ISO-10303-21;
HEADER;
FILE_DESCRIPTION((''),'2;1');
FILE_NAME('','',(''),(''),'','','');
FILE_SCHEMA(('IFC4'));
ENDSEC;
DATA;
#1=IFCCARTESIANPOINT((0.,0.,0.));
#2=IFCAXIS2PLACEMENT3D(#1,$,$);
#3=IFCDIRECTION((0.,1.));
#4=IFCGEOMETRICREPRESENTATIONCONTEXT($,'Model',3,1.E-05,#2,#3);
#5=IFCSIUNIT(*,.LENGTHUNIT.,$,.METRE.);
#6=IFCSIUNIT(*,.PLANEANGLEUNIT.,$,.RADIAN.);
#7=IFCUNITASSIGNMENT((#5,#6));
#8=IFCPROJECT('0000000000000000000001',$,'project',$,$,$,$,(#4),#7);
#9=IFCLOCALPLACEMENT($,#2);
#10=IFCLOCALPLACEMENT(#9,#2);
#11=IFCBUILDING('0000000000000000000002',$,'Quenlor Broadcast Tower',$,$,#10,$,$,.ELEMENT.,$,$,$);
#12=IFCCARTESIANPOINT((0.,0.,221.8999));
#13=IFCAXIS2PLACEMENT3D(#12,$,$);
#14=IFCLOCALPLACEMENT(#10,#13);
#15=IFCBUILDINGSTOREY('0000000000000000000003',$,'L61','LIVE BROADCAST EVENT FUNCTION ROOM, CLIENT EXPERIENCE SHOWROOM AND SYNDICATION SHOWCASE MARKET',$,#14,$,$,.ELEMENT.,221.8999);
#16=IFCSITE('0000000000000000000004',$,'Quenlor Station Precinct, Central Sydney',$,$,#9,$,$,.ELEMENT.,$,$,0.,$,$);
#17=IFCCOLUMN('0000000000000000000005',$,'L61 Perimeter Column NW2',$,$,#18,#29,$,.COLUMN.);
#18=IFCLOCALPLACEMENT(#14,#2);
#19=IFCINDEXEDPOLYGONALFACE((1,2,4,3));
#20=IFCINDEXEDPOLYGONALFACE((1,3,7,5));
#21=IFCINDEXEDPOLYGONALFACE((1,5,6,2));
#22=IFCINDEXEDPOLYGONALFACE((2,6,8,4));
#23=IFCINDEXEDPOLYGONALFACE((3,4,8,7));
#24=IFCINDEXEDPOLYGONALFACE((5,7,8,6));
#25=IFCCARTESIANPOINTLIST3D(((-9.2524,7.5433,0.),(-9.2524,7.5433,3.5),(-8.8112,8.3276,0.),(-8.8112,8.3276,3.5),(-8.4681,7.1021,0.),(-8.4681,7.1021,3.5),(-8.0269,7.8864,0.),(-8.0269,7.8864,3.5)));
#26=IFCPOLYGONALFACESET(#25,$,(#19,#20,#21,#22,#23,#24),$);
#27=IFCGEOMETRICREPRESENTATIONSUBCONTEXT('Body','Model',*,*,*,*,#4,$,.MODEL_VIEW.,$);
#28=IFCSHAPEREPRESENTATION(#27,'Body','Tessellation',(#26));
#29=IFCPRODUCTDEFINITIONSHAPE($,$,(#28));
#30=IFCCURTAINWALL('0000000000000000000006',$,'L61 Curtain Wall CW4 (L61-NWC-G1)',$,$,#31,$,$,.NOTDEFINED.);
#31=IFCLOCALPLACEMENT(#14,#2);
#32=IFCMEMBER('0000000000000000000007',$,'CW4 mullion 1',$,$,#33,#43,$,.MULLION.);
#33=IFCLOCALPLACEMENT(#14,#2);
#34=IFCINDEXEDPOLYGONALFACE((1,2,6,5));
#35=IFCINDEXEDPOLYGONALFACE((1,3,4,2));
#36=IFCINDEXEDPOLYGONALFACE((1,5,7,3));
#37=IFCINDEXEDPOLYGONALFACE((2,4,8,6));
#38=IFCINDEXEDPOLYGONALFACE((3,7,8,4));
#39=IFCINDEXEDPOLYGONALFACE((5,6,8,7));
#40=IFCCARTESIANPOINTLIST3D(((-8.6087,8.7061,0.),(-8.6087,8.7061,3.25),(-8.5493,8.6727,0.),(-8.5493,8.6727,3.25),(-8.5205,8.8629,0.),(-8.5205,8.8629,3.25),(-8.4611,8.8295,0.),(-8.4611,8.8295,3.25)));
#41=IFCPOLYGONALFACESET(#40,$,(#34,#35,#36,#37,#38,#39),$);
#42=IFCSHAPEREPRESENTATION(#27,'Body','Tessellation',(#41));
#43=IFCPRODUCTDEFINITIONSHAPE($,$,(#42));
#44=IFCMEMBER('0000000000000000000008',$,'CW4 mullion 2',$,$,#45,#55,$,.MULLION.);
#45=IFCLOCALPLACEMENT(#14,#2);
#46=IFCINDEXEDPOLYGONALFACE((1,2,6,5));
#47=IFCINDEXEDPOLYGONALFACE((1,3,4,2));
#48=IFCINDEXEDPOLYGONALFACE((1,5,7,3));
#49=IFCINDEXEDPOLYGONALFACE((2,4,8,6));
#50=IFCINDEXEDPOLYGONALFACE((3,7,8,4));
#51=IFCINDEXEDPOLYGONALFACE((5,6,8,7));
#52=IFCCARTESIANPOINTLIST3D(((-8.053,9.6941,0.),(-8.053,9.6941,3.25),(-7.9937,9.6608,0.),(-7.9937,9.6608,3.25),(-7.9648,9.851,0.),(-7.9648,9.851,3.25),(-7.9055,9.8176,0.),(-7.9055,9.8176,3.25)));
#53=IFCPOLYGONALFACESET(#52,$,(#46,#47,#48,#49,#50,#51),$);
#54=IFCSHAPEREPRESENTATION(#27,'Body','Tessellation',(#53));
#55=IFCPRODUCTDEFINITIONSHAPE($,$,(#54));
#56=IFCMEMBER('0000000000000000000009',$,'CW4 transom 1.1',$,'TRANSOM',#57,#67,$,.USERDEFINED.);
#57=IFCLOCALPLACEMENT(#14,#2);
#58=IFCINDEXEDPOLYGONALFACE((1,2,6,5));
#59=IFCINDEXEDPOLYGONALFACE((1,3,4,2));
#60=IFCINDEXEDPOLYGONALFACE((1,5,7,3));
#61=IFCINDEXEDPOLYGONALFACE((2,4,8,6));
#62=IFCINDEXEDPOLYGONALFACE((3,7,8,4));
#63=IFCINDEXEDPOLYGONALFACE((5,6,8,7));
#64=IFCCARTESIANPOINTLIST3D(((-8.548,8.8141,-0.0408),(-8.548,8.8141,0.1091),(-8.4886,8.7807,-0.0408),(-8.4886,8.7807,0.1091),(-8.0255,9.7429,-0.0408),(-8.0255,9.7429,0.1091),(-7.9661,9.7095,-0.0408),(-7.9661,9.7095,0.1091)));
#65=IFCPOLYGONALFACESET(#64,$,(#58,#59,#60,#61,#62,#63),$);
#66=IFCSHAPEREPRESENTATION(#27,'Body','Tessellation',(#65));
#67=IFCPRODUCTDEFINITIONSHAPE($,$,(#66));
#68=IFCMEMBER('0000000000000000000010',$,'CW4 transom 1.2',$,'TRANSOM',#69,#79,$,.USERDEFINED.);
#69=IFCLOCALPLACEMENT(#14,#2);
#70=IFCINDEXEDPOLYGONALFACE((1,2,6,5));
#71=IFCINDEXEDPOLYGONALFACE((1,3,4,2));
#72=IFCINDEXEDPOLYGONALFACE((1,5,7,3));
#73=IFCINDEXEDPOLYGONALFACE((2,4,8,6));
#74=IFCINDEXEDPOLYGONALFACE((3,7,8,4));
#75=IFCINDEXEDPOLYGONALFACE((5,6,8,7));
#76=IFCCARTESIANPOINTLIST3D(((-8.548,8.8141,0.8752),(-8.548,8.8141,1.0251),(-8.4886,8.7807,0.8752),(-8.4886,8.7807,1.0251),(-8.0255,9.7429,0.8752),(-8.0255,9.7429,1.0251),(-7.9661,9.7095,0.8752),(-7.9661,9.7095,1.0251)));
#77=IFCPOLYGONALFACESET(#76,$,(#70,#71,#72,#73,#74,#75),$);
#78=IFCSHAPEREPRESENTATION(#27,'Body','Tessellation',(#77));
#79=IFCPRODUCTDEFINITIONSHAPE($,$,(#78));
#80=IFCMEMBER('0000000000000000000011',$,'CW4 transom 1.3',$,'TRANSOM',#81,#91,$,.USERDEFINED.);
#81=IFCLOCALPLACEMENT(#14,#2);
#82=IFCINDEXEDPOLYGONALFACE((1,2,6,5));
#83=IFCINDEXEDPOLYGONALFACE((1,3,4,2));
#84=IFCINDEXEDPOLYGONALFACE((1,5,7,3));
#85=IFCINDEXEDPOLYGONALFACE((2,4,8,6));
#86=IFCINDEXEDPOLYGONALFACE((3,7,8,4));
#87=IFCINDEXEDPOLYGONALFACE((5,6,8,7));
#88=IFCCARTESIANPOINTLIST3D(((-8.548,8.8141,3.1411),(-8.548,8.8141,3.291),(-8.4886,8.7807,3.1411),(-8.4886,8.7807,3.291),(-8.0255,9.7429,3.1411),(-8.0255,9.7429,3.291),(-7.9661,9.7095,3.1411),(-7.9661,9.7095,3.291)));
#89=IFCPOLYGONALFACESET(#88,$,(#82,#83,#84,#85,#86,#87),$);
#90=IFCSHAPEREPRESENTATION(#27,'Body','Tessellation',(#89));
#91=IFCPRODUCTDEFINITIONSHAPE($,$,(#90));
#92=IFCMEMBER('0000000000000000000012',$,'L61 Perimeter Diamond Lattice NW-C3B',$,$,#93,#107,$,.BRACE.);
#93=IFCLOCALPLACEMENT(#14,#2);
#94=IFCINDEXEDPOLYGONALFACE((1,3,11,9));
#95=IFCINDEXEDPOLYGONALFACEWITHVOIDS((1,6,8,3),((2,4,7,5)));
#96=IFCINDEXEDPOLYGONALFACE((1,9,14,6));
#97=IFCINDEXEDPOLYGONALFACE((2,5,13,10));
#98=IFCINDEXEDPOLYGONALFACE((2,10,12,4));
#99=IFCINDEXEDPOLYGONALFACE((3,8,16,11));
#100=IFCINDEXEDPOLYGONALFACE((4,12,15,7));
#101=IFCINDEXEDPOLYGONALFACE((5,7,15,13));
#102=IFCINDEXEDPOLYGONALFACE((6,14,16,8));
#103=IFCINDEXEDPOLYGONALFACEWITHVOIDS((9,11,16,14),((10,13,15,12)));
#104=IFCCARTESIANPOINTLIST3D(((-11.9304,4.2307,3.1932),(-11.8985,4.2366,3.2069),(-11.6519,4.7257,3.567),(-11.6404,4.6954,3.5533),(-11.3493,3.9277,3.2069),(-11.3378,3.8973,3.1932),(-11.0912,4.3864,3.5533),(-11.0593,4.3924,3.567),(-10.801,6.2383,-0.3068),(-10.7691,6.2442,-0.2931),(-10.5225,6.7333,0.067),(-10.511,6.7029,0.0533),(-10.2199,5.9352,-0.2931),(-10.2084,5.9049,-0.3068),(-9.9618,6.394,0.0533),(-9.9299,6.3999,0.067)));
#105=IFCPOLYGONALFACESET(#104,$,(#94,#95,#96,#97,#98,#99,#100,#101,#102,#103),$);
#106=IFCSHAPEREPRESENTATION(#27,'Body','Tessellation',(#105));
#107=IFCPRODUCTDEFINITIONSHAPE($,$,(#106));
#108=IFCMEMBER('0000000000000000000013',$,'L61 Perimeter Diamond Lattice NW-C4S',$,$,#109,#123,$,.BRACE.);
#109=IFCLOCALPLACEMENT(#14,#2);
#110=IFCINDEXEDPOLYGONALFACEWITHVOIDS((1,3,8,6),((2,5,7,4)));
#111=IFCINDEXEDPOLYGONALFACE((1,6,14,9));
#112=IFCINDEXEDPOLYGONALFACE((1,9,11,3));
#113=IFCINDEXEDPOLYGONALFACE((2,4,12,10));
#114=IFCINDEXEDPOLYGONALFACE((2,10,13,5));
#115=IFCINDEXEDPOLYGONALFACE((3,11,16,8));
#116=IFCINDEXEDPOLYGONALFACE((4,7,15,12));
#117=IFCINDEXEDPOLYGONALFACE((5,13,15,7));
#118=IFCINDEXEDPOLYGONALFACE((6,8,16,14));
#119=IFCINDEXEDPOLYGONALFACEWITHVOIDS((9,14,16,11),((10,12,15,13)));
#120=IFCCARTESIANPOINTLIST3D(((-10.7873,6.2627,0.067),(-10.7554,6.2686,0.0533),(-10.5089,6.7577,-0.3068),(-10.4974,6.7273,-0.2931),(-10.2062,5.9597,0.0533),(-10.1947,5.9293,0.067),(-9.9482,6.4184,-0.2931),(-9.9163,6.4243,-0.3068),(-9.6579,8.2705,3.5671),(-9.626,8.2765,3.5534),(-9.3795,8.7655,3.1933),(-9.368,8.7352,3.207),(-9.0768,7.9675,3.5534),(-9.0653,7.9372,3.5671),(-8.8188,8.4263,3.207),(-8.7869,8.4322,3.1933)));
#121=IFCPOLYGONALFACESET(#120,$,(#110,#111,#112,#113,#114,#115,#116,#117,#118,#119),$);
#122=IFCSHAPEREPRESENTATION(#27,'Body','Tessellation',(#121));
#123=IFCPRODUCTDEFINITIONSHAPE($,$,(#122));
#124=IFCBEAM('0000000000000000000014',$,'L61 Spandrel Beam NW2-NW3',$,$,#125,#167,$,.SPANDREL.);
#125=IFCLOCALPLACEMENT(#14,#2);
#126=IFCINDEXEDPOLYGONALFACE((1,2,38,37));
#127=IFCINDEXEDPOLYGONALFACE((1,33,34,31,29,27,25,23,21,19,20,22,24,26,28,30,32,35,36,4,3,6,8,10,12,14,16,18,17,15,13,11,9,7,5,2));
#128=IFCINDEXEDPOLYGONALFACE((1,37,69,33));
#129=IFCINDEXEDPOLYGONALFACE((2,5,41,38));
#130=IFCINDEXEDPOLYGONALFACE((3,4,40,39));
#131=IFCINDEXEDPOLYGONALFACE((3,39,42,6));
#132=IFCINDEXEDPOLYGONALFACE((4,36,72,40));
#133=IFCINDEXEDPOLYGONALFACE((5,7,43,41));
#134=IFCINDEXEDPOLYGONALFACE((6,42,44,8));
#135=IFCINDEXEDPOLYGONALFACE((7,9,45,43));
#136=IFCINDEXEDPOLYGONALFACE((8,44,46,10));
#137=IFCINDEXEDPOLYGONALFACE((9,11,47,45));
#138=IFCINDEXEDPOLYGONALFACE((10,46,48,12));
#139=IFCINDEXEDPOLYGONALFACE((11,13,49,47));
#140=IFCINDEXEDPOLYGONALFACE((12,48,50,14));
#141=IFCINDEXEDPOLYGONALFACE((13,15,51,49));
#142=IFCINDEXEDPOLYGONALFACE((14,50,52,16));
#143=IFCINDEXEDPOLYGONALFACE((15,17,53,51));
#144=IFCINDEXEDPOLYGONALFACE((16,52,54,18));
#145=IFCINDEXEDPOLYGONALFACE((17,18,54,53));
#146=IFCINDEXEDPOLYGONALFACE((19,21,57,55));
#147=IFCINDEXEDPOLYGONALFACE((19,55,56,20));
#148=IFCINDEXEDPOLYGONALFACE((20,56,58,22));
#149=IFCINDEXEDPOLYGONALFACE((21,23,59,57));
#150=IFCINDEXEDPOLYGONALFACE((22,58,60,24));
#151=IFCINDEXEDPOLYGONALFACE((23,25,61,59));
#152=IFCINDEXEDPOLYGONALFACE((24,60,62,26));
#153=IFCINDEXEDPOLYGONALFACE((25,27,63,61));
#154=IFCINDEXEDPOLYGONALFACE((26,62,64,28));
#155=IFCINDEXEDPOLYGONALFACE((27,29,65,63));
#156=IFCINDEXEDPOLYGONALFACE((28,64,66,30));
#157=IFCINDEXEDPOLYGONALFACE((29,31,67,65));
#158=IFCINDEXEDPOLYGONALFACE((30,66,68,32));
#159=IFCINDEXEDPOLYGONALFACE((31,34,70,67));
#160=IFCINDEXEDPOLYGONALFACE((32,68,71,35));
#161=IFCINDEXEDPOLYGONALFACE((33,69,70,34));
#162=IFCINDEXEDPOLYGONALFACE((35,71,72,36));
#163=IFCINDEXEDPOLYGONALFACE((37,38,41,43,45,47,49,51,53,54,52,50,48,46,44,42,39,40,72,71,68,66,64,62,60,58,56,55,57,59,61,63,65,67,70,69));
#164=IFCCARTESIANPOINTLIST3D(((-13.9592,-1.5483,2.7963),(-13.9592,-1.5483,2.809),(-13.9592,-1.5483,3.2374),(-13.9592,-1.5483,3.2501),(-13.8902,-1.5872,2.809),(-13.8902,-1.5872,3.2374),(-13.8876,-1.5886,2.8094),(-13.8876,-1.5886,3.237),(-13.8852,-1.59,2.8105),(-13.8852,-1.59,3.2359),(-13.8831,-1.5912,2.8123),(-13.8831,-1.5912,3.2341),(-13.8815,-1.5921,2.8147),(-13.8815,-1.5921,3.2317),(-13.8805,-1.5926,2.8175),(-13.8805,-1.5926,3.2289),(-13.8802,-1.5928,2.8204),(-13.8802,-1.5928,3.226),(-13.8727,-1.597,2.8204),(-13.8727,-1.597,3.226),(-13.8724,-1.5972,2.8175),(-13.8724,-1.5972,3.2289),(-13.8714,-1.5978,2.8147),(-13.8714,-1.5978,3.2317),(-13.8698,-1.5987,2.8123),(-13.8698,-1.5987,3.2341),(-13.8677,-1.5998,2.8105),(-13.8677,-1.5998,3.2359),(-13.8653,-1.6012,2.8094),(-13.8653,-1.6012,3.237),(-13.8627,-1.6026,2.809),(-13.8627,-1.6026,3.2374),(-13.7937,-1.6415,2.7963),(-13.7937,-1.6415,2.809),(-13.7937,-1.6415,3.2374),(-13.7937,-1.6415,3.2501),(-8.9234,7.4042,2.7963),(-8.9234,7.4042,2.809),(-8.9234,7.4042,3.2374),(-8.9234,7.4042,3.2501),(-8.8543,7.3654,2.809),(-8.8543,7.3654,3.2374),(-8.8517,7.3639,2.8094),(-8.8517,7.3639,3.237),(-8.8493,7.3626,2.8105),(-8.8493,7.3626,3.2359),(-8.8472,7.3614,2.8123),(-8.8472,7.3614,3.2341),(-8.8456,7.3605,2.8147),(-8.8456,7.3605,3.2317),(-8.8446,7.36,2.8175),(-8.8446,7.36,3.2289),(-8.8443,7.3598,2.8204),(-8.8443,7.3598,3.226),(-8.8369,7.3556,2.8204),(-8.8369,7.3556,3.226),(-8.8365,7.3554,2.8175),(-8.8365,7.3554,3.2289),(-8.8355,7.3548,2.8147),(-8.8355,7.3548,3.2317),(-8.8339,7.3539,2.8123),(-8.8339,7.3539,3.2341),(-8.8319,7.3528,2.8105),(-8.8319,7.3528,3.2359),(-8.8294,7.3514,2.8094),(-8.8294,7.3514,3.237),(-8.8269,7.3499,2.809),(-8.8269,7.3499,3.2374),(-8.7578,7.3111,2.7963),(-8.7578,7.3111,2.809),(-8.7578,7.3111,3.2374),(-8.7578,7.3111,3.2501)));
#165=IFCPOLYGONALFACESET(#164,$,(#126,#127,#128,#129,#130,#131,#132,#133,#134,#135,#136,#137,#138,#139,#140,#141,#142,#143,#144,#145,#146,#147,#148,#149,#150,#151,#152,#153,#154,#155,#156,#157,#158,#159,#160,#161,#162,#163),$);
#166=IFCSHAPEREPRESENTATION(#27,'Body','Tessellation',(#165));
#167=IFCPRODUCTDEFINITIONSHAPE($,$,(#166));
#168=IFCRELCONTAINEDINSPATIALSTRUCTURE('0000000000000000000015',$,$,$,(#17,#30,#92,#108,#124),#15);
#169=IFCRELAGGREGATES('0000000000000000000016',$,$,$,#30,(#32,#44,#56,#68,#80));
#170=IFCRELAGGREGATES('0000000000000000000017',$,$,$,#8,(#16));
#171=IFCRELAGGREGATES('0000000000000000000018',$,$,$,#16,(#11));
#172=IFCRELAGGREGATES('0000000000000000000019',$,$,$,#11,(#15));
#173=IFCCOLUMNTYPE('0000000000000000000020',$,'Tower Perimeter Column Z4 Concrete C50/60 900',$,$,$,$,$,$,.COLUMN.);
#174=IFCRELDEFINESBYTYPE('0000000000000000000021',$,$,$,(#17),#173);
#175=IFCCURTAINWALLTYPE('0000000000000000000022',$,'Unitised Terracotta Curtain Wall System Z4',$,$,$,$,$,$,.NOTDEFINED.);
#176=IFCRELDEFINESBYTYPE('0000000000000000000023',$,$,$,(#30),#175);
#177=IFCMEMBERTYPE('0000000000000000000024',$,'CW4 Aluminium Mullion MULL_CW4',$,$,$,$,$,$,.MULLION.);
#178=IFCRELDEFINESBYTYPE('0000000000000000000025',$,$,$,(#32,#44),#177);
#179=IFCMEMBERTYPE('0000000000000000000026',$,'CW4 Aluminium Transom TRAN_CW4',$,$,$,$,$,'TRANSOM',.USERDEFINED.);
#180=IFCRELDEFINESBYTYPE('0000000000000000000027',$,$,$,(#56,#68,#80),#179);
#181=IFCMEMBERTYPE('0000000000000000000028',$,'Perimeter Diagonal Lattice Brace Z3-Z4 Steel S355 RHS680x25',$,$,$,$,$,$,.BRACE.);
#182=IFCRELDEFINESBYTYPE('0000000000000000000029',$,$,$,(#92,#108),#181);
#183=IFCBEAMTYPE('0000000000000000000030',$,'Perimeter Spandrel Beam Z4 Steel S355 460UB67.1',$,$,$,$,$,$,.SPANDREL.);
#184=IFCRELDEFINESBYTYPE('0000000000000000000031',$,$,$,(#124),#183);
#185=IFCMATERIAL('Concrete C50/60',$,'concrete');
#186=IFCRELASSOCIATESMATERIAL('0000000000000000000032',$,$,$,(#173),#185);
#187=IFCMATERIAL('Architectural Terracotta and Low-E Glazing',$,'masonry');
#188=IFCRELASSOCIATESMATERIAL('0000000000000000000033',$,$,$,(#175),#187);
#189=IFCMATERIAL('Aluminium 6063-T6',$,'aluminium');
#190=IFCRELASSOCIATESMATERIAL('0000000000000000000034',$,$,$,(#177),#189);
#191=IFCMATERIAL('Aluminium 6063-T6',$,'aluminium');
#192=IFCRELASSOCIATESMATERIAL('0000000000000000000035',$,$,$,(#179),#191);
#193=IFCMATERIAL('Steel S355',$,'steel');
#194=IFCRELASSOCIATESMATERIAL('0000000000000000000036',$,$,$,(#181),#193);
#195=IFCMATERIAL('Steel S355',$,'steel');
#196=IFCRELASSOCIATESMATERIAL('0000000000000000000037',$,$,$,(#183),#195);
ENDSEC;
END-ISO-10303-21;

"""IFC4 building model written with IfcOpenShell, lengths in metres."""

from ifc_helpers import new_model, si_unit, direction, frame, origin, origin_2d, place, context, subcontext, project, spatial, rectangle, hollow_rectangle, i_section, extrude, material, material_profile, profile_set, type_object, element, aggregate, save


model = new_model("IFC4")

# Units and contexts
model_context = context("Model", 3, precision=1e-05, world=origin(), true_north=direction((0.0, 1.0)))
body_context = subcontext(model_context, "Body", "Model", "MODEL_VIEW")
ifc_project = project(units=[si_unit("LENGTHUNIT", "METRE"), si_unit("PLANEANGLEUNIT", "RADIAN")], contexts=[model_context])

# Site, building, storey
site_placement = place(None, origin())
site = spatial("IfcSite", under=ifc_project, at=site_placement, Name="Quenlor Station Precinct, Central Sydney", CompositionType="ELEMENT", RefElevation=0.0)
building_placement = place(site_placement, origin())
building = spatial("IfcBuilding", under=site, at=building_placement, Name="Quenlor Broadcast Tower", CompositionType="ELEMENT")
storey_placement = place(building_placement, frame((0.0, 0.0, 221.8999)))
storey = spatial("IfcBuildingStorey", under=building, at=storey_placement, Name="L61", Description="LIVE BROADCAST EVENT FUNCTION ROOM, CLIENT EXPERIENCE SHOWROOM AND SYNDICATION SHOWCASE MARKET", CompositionType="ELEMENT", Elevation=221.8999)

# Column
ifc_material_1 = material(Name="Concrete C50/60", Category="concrete")
ifc_material_profile_1 = material_profile(ifc_material_1, rectangle(XDim=0.8999, YDim=0.8999, at=origin_2d()))
ifc_profile_set_1 = profile_set([ifc_material_profile_1], Name="Concrete C50/60 RC900x900")
column_type = type_object("IfcColumnType", Name="Tower Perimeter Column Z4 Concrete C50/60 900", PredefinedType="COLUMN", material=ifc_profile_set_1)
column_placement = place(storey_placement, frame((-8.6396, 7.7148, 0.0), z_axis=(0.0, 0.0, 1.0), x_axis=(-0.871575, 0.490262, 0.0)))
element("IfcColumn", 1, at=column_placement, inside=storey, type_object=column_type, Name="L61 Perimeter Column NW2", PredefinedType="COLUMN", context=body_context, shape_type="SweptSolid", body=[
    extrude(rectangle(XDim=0.8999, YDim=0.8999, at=origin_2d()), origin(), (0.0, 0.0, 1.0), 3.5),
])

# Curtain wall, members
ifc_material_2 = material(Name="Architectural Terracotta and Low-E Glazing", Category="masonry")
curtain_wall_type = type_object("IfcCurtainWallType", Name="Unitised Terracotta Curtain Wall System Z4", PredefinedType="NOTDEFINED", material=ifc_material_2)
curtain_wall_placement = place(storey_placement, origin())
curtain_wall = element("IfcCurtainWall", 2, at=curtain_wall_placement, inside=storey, type_object=curtain_wall_type, Name="L61 Curtain Wall CW4 (L61-NWC-G1)", PredefinedType="NOTDEFINED")
ifc_material_3 = material(Name="Aluminium 6063-T6", Category="aluminium")
ifc_material_profile_2 = material_profile(ifc_material_3, rectangle(XDim=0.0681, YDim=0.1799, at=origin_2d()))
ifc_profile_set_2 = profile_set([ifc_material_profile_2], Name="Aluminium 6063-T6 MULL68x180")
member_type_1 = type_object("IfcMemberType", Name="CW4 Aluminium Mullion MULL_CW4", PredefinedType="MULLION", material=ifc_profile_set_2)
member_1_placement = place(storey_placement, frame((-8.5349, 8.7678, 0.0), z_axis=(0.0, 0.0, 1.0), x_axis=(-0.871558, 0.490293, 0.0)))
member_1 = element("IfcMember", 3, at=member_1_placement, type_object=member_type_1, Name="CW4 mullion 1", PredefinedType="MULLION", context=body_context, shape_type="SweptSolid", body=[
    extrude(rectangle(XDim=0.0681, YDim=0.1799, at=origin_2d()), origin(), (0.0, 0.0, 1.0), 3.25),
])
member_2_placement = place(storey_placement, frame((-7.9792, 9.7559, 0.0), z_axis=(0.0, 0.0, 1.0), x_axis=(-0.871558, 0.490293, 0.0)))
member_2 = element("IfcMember", 4, at=member_2_placement, type_object=member_type_1, Name="CW4 mullion 2", PredefinedType="MULLION", context=body_context, shape_type="SweptSolid", body=[
    extrude(rectangle(XDim=0.0681, YDim=0.1799, at=origin_2d()), origin(), (0.0, 0.0, 1.0), 3.25),
])
ifc_material_4 = material(Name="Aluminium 6063-T6", Category="aluminium")
ifc_material_profile_3 = material_profile(ifc_material_4, rectangle(XDim=0.0681, YDim=0.1499, at=origin_2d()))
ifc_profile_set_3 = profile_set([ifc_material_profile_3], Name="Aluminium 6063-T6 TRAN68x150")
member_type_2 = type_object("IfcMemberType", Name="CW4 Aluminium Transom TRAN_CW4", ElementType="TRANSOM", PredefinedType="USERDEFINED", material=ifc_profile_set_3)
member_3_placement = place(storey_placement, frame((-8.5183, 8.7974, 0.0342), z_axis=(0.490305, 0.871551, 0.0), x_axis=(-0.871551, 0.490305, 0.0)))
member_3 = element("IfcMember", 5, at=member_3_placement, type_object=member_type_2, Name="CW4 transom 1.1", ObjectType="TRANSOM", PredefinedType="USERDEFINED", context=body_context, shape_type="SweptSolid", body=[
    extrude(rectangle(XDim=0.0681, YDim=0.1499, at=origin_2d()), origin(), (0.0, 0.0, 1.0), 1.0657),
])
member_4_placement = place(storey_placement, frame((-8.5183, 8.7974, 0.9502), z_axis=(0.490305, 0.871551, 0.0), x_axis=(-0.871551, 0.490305, 0.0)))
member_4 = element("IfcMember", 6, at=member_4_placement, type_object=member_type_2, Name="CW4 transom 1.2", ObjectType="TRANSOM", PredefinedType="USERDEFINED", context=body_context, shape_type="SweptSolid", body=[
    extrude(rectangle(XDim=0.0681, YDim=0.1499, at=origin_2d()), origin(), (0.0, 0.0, 1.0), 1.0657),
])
member_5_placement = place(storey_placement, frame((-8.5183, 8.7974, 3.2161), z_axis=(0.490305, 0.871551, 0.0), x_axis=(-0.871551, 0.490305, 0.0)))
member_5 = element("IfcMember", 7, at=member_5_placement, type_object=member_type_2, Name="CW4 transom 1.3", ObjectType="TRANSOM", PredefinedType="USERDEFINED", context=body_context, shape_type="SweptSolid", body=[
    extrude(rectangle(XDim=0.0681, YDim=0.1499, at=origin_2d()), origin(), (0.0, 0.0, 1.0), 1.0657),
])

# Members
ifc_material_5 = material(Name="Steel S355", Category="steel")
ifc_material_profile_4 = material_profile(ifc_material_5, hollow_rectangle(XDim=0.6799, YDim=0.6799, WallThickness=0.0249, at=origin_2d()))
ifc_profile_set_4 = profile_set([ifc_material_profile_4], Name="Steel S355 RHS680x680x25")
member_type_3 = type_object("IfcMemberType", Name="Perimeter Diagonal Lattice Brace Z3-Z4 Steel S355 RHS680x25", PredefinedType="BRACE", material=ifc_profile_set_4)
member_6_placement = place(storey_placement, frame((-10.3655, 6.3191, -0.1199), z_axis=(-0.269547, -0.479136, 0.835328), x_axis=(0.87155, -0.490307, 0.0)))
element("IfcMember", 8, at=member_6_placement, inside=storey, type_object=member_type_3, Name="L61 Perimeter Diamond Lattice NW-C3B", PredefinedType="BRACE", context=body_context, shape_type="SweptSolid", body=[
    extrude(hollow_rectangle(XDim=0.6799, YDim=0.6799, WallThickness=0.0249, at=origin_2d()), origin(), (0.0, 0.0, 1.0), 4.1899),
])
member_7_placement = place(storey_placement, frame((-10.3518, 6.3435, -0.1199), z_axis=(0.26954, 0.479181, 0.835305), x_axis=(-0.871576, 0.490261, 0.0)))
element("IfcMember", 9, at=member_7_placement, inside=storey, type_object=member_type_3, Name="L61 Perimeter Diamond Lattice NW-C4S", PredefinedType="BRACE", context=body_context, shape_type="SweptSolid", body=[
    extrude(hollow_rectangle(XDim=0.6799, YDim=0.6799, WallThickness=0.0249, at=origin_2d()), origin(), (0.0, 0.0, 1.0), 4.1902),
])

# Beam
ifc_material_6 = material(Name="Steel S355", Category="steel")
ifc_material_profile_5 = material_profile(ifc_material_6, i_section(OverallWidth=0.1899, OverallDepth=0.4539, WebThickness=0.0085, FlangeThickness=0.0127, FilletRadius=0.0115, at=origin_2d()))
ifc_profile_set_5 = profile_set([ifc_material_profile_5], Name="Steel S355 460UB67.1")
beam_type_1 = type_object("IfcBeamType", Name="Perimeter Spandrel Beam Z4 Steel S355 460UB67.1", PredefinedType="SPANDREL", material=ifc_profile_set_5)
beam_1_placement = place(storey_placement, frame((-8.8406, 7.3577, 3.0232), z_axis=(-0.490263, -0.871574, 0.0), x_axis=(0.871574, -0.490263, 0.0)))
element("IfcBeam", 10, at=beam_1_placement, inside=storey, type_object=beam_type_1, Name="L61 Spandrel Beam NW2-NW3", PredefinedType="SPANDREL", context=body_context, shape_type="SweptSolid", body=[
    extrude(i_section(OverallWidth=0.1899, OverallDepth=0.4539, WebThickness=0.0085, FlangeThickness=0.0127, FilletRadius=0.0115, at=origin_2d()), origin(), (0.0, 0.0, 1.0), 10.2717),
])

aggregate(curtain_wall, [member_1, member_2, member_3, member_4, member_5])

save(model, "model.ifc")
